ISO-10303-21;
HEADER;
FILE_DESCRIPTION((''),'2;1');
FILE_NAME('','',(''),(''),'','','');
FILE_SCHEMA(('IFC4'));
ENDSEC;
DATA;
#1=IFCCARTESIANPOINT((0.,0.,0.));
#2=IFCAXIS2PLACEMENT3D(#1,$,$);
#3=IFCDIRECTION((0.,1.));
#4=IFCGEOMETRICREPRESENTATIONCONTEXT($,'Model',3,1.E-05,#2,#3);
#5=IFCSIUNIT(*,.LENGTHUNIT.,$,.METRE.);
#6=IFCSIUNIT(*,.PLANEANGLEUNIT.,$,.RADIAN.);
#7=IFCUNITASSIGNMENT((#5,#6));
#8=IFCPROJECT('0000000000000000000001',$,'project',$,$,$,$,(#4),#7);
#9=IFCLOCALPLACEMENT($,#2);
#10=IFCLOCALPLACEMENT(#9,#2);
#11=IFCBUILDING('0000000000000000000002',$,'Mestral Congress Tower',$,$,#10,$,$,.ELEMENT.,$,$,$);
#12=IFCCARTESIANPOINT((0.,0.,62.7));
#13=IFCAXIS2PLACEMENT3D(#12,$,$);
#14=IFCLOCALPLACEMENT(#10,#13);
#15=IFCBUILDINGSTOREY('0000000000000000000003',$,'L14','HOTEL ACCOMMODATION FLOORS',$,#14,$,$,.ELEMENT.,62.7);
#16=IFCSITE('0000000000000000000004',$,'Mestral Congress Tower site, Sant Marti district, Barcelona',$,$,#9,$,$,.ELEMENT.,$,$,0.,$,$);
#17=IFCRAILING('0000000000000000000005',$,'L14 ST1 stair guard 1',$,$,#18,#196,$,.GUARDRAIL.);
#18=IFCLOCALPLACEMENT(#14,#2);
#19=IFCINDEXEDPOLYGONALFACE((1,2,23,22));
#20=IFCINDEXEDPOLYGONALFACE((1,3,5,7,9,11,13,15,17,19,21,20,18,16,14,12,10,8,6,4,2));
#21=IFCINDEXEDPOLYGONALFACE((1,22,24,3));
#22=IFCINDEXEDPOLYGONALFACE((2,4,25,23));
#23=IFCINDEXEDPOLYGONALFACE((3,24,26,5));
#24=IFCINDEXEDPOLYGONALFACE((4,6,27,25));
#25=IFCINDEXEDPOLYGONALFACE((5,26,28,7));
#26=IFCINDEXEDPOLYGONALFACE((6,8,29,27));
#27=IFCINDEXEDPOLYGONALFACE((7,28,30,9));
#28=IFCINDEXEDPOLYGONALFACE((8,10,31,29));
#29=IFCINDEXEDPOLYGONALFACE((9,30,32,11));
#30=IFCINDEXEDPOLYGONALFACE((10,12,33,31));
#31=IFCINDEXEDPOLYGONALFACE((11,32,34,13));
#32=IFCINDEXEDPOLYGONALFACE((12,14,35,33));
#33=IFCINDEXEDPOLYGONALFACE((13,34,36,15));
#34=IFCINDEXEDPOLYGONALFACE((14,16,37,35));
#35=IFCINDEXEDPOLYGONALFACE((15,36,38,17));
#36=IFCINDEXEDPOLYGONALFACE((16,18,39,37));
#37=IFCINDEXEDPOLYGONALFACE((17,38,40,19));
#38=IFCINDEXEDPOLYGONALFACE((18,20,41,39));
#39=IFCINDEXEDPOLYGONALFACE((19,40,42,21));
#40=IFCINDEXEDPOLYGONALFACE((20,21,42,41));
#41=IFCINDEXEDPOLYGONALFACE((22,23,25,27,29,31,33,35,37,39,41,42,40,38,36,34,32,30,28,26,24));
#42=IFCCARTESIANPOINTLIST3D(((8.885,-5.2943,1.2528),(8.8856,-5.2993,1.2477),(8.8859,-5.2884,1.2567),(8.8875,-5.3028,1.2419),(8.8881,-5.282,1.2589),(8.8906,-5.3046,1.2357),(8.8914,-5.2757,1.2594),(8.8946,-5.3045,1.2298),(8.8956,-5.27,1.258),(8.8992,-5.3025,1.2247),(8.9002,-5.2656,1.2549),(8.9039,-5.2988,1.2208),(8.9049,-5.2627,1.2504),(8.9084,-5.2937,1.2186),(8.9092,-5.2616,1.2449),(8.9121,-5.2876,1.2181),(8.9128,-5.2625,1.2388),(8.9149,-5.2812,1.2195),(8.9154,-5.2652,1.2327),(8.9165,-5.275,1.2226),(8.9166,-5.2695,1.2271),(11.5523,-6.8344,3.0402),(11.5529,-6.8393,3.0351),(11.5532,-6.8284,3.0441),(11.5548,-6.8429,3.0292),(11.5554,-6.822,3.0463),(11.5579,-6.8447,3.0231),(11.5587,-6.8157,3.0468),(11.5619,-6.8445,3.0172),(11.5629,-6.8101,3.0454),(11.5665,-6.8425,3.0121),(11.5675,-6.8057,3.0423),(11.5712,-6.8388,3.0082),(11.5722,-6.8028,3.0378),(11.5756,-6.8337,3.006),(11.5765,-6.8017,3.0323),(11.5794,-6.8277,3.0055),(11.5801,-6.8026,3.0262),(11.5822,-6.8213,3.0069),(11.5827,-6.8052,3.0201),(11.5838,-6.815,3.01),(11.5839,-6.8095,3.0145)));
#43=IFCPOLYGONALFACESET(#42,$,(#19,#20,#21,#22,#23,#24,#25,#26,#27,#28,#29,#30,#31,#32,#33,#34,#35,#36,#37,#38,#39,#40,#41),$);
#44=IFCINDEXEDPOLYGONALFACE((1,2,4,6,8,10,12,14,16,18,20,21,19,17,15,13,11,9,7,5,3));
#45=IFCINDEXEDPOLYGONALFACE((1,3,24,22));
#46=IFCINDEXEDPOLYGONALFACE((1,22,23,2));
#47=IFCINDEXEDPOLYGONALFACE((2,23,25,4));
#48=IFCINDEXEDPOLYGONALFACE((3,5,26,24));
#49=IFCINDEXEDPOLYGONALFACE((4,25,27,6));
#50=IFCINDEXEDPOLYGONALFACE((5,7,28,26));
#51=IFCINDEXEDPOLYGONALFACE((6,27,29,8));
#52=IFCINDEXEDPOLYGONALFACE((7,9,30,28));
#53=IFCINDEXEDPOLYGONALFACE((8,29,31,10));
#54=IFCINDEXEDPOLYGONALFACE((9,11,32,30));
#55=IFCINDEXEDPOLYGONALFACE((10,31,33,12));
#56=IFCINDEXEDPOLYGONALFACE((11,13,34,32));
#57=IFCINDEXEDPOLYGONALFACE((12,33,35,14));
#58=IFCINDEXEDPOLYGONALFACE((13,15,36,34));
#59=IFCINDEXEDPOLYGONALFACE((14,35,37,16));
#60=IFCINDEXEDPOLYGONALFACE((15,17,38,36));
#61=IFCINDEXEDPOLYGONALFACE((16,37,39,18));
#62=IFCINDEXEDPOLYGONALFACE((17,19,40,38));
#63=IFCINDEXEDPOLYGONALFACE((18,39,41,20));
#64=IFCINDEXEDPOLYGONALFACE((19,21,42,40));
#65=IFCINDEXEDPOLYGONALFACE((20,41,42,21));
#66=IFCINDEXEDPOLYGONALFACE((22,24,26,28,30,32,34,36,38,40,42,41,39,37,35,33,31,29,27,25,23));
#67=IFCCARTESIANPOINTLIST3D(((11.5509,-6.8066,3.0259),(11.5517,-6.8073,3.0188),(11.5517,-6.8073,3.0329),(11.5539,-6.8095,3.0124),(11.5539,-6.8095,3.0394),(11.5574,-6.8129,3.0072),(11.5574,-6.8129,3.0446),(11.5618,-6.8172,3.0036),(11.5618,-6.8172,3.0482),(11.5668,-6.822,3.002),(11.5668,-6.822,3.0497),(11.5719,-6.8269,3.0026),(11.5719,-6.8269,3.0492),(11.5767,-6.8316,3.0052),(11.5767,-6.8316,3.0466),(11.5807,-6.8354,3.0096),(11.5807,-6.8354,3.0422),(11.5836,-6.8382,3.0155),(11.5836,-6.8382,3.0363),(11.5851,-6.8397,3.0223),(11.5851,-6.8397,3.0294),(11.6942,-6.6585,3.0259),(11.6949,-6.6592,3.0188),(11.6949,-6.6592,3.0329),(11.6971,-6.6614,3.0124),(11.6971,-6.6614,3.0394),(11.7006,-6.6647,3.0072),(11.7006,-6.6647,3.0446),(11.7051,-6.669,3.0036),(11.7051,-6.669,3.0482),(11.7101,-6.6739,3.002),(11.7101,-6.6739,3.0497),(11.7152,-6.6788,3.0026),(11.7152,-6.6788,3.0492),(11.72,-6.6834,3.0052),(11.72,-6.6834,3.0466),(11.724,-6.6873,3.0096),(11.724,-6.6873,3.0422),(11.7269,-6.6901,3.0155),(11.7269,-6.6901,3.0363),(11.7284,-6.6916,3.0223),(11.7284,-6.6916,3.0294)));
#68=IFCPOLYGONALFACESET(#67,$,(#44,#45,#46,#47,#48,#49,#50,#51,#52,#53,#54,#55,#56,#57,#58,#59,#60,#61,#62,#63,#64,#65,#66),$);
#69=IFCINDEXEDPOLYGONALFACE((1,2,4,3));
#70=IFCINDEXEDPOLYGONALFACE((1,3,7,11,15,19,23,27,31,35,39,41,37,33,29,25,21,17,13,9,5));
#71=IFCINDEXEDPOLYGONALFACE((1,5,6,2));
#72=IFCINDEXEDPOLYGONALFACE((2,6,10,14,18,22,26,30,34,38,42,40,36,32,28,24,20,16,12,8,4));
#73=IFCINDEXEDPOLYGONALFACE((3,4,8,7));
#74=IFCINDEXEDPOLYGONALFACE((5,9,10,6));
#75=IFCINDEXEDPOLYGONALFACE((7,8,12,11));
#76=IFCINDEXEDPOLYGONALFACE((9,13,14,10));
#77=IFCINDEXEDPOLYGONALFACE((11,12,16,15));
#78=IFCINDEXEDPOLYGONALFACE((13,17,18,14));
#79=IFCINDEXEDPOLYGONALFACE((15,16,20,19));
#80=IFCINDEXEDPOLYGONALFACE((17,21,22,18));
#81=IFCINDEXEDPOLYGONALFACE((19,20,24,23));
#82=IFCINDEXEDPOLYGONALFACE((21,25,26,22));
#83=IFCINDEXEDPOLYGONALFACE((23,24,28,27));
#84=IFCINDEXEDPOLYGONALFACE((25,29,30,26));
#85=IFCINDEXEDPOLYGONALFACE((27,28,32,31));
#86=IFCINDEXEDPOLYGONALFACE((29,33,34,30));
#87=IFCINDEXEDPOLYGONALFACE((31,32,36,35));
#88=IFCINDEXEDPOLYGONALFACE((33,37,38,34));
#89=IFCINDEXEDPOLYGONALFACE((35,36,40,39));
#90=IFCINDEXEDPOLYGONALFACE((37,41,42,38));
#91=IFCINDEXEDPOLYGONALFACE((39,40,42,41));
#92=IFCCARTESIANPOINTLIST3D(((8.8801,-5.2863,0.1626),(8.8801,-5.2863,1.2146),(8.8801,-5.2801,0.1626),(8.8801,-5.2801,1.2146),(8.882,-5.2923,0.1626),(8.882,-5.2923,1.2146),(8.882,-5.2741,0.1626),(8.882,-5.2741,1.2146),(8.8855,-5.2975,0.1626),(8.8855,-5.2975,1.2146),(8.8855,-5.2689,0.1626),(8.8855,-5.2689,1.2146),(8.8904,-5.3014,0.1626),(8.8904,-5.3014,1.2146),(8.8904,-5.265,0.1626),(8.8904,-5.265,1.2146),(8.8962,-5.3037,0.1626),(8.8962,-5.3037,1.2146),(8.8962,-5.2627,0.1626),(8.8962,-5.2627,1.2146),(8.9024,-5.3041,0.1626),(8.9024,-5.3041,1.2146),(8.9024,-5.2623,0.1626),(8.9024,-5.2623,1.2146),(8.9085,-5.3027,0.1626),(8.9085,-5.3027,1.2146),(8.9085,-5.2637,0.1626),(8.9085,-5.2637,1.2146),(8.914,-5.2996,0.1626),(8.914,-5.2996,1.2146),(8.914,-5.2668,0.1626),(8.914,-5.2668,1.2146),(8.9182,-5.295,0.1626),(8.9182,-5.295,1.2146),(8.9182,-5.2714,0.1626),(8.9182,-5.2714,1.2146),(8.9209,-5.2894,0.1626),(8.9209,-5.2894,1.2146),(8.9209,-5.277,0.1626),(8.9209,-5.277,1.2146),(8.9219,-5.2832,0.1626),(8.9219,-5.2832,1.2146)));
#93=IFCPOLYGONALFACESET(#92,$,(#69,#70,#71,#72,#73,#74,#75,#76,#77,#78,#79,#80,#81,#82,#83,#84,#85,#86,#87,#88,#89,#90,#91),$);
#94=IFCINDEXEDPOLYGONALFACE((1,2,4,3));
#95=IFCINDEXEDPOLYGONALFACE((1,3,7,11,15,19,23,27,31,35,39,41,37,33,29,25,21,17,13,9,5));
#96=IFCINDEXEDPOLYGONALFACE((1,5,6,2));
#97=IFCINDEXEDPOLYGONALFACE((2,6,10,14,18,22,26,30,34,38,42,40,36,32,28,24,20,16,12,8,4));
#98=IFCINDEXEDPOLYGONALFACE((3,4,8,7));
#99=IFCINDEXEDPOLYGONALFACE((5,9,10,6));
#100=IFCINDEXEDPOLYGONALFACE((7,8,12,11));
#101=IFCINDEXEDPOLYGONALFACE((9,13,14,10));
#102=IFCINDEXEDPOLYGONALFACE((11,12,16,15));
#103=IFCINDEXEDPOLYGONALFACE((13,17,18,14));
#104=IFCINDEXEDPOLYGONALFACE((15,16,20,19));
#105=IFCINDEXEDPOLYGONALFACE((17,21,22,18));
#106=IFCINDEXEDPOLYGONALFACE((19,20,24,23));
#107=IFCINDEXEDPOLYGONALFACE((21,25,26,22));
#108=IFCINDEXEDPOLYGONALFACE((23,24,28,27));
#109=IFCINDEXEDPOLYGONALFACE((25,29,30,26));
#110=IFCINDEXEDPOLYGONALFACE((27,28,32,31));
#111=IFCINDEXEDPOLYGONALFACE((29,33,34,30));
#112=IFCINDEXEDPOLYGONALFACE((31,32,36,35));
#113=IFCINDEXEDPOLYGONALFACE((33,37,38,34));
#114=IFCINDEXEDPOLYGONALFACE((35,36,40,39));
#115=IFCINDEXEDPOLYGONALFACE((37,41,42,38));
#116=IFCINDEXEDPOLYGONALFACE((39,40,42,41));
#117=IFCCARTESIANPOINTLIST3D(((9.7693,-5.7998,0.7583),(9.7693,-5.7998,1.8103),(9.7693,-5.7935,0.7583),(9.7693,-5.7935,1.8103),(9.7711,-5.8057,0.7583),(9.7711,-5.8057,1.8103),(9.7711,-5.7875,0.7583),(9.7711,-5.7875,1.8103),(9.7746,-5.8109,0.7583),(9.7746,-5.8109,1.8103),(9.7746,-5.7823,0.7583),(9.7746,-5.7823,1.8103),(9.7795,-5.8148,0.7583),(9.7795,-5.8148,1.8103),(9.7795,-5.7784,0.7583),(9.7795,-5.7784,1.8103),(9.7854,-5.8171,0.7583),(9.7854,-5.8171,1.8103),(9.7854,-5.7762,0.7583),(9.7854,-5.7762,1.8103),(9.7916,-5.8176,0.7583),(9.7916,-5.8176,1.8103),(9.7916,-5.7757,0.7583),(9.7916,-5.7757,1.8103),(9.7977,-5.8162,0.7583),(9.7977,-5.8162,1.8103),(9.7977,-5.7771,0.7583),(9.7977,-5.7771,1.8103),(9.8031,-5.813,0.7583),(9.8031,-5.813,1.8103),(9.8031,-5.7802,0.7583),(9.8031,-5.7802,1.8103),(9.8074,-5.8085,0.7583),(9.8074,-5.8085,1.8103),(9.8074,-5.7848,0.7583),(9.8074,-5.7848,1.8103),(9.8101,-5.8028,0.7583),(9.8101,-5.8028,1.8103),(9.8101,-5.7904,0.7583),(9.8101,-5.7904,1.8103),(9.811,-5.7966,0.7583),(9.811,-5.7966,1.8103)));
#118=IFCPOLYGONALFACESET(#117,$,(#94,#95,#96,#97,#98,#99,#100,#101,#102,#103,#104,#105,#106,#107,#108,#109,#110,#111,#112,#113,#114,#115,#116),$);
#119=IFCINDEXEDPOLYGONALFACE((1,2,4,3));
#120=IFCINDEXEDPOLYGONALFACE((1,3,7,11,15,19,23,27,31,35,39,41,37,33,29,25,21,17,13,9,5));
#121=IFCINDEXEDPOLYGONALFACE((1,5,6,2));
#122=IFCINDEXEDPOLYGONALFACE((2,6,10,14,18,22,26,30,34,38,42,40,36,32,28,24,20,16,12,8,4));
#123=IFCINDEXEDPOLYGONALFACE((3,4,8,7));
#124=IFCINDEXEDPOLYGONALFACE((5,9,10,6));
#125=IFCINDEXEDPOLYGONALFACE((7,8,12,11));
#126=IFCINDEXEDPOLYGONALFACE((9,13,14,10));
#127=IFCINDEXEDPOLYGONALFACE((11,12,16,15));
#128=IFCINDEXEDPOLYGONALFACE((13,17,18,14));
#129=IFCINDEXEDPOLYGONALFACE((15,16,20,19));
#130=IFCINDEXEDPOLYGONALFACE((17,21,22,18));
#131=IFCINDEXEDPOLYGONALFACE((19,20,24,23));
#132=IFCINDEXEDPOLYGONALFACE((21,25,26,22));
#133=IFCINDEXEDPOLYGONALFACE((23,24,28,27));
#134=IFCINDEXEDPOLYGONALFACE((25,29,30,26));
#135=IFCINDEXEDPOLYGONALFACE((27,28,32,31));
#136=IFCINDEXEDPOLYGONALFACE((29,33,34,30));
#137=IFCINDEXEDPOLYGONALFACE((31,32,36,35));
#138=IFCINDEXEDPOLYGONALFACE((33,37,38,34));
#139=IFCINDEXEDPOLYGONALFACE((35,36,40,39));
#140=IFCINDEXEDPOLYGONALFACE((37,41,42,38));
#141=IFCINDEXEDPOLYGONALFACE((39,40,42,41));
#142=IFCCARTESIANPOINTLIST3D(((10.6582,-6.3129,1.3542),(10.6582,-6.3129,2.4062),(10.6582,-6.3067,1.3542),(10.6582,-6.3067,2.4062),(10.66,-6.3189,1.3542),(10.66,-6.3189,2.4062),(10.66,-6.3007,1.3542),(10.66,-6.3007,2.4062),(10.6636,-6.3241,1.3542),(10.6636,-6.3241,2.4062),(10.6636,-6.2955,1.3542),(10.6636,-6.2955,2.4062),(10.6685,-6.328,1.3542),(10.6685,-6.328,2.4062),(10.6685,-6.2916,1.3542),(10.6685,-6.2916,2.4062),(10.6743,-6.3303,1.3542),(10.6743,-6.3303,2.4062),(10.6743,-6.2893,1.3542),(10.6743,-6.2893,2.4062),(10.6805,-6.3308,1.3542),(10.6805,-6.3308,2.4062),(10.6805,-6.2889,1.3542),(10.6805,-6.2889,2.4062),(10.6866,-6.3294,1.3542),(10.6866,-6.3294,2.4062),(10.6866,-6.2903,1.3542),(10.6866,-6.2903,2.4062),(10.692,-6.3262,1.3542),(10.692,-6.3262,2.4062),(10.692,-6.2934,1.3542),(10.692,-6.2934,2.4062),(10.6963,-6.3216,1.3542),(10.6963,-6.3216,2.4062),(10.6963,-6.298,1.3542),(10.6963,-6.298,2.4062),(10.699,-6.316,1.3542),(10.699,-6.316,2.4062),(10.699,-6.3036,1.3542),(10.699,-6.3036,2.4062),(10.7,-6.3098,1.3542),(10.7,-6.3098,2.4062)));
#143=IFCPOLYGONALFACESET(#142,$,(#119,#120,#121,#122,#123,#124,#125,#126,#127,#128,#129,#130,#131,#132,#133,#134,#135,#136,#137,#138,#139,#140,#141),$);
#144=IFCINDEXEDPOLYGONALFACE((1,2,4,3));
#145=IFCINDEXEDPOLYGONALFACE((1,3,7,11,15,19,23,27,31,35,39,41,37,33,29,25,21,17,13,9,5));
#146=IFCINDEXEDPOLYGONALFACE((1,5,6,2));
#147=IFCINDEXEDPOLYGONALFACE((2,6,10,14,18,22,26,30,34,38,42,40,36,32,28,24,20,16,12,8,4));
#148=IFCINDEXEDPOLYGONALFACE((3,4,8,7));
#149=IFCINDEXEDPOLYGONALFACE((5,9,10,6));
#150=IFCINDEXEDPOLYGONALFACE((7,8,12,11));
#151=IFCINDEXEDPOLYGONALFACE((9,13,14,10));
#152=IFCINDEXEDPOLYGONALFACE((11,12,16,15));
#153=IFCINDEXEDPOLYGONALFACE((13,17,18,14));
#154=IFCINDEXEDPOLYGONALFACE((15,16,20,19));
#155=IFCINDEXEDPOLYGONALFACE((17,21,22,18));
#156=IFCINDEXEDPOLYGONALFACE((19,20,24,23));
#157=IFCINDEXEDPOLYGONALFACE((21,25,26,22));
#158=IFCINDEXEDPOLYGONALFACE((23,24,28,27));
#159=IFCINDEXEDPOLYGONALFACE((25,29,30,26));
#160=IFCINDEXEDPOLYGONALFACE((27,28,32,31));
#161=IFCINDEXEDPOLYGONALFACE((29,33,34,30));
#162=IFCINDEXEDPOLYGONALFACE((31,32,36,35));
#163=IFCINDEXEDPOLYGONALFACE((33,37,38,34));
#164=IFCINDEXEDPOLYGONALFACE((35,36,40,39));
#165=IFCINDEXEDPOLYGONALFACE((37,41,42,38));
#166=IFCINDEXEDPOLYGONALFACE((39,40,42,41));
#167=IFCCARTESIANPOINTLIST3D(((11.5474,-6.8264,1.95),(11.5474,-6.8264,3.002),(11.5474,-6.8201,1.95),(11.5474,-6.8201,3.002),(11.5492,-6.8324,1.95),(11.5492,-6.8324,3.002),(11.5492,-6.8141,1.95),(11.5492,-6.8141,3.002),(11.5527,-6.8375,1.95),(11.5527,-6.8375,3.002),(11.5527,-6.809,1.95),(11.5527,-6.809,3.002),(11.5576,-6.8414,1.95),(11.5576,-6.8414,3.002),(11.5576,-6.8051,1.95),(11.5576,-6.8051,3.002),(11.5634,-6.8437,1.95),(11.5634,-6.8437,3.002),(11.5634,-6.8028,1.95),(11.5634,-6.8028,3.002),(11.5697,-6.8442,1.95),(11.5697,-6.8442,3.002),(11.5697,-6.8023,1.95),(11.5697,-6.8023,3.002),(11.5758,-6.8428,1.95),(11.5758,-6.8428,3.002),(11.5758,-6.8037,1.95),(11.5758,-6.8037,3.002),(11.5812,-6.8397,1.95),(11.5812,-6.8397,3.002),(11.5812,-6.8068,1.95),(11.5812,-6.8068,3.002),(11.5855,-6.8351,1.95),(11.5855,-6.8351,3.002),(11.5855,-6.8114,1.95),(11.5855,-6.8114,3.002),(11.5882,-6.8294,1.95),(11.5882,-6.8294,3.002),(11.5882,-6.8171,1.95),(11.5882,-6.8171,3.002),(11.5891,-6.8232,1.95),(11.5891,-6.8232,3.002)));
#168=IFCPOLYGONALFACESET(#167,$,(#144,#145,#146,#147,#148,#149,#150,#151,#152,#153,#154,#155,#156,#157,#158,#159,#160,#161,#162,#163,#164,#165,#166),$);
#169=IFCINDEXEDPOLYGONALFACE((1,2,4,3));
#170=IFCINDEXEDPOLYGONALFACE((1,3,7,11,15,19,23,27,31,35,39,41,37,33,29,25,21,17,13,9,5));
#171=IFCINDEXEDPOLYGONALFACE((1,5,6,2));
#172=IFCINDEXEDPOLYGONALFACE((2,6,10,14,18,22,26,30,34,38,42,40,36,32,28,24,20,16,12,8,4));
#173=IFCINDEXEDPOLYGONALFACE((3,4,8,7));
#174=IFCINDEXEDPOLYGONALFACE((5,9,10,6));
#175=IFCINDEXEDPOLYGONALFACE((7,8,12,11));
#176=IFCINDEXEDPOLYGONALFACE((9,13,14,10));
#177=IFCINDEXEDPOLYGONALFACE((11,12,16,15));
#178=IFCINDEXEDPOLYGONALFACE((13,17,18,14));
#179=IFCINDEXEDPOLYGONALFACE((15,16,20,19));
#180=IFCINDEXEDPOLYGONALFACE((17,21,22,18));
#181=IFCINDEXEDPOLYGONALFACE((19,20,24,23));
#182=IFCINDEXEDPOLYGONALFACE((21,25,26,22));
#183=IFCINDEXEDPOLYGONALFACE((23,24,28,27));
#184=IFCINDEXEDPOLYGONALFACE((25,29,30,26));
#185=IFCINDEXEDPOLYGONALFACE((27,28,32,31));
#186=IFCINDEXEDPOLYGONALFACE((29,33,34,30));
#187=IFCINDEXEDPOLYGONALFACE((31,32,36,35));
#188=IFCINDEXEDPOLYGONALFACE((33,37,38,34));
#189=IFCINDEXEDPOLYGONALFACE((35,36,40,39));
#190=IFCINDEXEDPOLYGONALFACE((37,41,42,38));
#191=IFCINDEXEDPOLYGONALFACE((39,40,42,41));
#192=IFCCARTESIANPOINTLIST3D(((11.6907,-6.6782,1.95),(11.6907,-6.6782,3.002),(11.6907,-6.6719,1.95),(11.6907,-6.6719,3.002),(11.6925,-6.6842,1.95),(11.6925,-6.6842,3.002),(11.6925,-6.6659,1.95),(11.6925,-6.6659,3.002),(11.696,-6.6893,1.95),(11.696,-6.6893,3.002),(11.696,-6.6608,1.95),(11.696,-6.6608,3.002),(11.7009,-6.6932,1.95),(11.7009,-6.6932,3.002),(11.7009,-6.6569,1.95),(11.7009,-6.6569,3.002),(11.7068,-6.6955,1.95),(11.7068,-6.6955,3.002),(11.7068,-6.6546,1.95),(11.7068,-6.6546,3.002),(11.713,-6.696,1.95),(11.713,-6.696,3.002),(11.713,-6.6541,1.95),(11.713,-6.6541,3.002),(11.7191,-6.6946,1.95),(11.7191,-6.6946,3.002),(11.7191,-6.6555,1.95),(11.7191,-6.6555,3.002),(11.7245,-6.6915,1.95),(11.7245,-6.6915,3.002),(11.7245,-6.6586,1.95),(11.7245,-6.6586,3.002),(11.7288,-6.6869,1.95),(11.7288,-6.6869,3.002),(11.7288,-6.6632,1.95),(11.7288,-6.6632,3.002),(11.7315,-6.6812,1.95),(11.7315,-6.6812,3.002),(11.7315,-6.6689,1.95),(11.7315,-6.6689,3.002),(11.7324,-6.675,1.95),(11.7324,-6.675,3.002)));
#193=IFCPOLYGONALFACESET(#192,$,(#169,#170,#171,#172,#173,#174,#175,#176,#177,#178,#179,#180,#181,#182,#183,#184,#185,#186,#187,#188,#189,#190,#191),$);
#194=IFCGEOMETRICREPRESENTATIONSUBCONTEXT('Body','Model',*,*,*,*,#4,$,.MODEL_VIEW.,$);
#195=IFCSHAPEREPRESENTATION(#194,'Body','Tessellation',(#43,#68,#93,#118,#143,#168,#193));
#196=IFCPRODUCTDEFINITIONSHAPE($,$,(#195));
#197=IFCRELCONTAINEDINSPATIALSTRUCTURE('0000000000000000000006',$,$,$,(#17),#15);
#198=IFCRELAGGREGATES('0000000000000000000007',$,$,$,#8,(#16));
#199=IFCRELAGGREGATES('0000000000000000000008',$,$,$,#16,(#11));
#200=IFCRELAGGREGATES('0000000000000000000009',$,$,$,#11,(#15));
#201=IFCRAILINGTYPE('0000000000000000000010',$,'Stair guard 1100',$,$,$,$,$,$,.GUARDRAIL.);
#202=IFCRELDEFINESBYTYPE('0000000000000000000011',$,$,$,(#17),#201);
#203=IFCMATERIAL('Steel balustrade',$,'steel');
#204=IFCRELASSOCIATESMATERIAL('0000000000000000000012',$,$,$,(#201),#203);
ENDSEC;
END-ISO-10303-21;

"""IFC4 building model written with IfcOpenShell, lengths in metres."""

from ifc_helpers import new_model, si_unit, direction, frame, origin, origin_2d, place, context, subcontext, project, spatial, circle, extrude, material, type_object, element, save


model = new_model("IFC4")

# Units and contexts
model_context = context("Model", 3, precision=1e-05, world=origin(), true_north=direction((0.0, 1.0)))
body_context = subcontext(model_context, "Body", "Model", "MODEL_VIEW")
ifc_project = project(units=[si_unit("LENGTHUNIT", "METRE"), si_unit("PLANEANGLEUNIT", "RADIAN")], contexts=[model_context])

# Site, building, storey
site_placement = place(None, origin())
site = spatial("IfcSite", under=ifc_project, at=site_placement, Name="Mestral Congress Tower site, Sant Marti district, Barcelona", CompositionType="ELEMENT", RefElevation=0.0)
building_placement = place(site_placement, origin())
building = spatial("IfcBuilding", under=site, at=building_placement, Name="Mestral Congress Tower", CompositionType="ELEMENT")
storey_placement = place(building_placement, frame((0.0, 0.0, 62.7)))
storey = spatial("IfcBuildingStorey", under=building, at=storey_placement, Name="L14", Description="HOTEL ACCOMMODATION FLOORS", CompositionType="ELEMENT", Elevation=62.7)

# Railing
ifc_material_1 = material(Name="Steel balustrade", Category="steel")
railing_type_1 = type_object("IfcRailingType", Name="Stair guard 1100", PredefinedType="GUARDRAIL", material=ifc_material_1)
railing_1_placement = place(storey_placement, frame((8.9009, -5.2832, 0.1626)))
element("IfcRailing", 1, at=railing_1_placement, inside=storey, type_object=railing_type_1, Name="L14 ST1 stair guard 1", PredefinedType="GUARDRAIL", context=body_context, shape_type="SweptSolid", body=[
    extrude(circle(Radius=0.0239, at=origin_2d()), frame((0.0, 0.0, 1.0762), z_axis=(0.74902, -0.432477, 0.501929), x_axis=(0.500027, 0.86601, 0.0)), (0.0, 0.0, 1.0), 3.561),
    extrude(circle(Radius=0.0239, at=origin_2d()), frame((2.6672, -1.54, 2.8633), z_axis=(0.695165, 0.71885, 0.0), x_axis=(-0.71885, 0.695165, 0.0)), (0.0, 0.0, 1.0), 0.2061),
    extrude(circle(Radius=0.021, at=origin_2d()), origin(), (0.0, 0.0, 1.0), 1.052),
    extrude(circle(Radius=0.021, at=origin_2d()), frame((0.8892, -0.5134, 0.5957)), (0.0, 0.0, 1.0), 1.052),
    extrude(circle(Radius=0.021, at=origin_2d()), frame((1.7781, -1.0266, 1.1917)), (0.0, 0.0, 1.0), 1.052),
    extrude(circle(Radius=0.021, at=origin_2d()), frame((2.6672, -1.54, 1.7874)), (0.0, 0.0, 1.0), 1.052),
    extrude(circle(Radius=0.021, at=origin_2d()), frame((2.8105, -1.3918, 1.7874)), (0.0, 0.0, 1.0), 1.052),
])

save(model, "model.ifc")
